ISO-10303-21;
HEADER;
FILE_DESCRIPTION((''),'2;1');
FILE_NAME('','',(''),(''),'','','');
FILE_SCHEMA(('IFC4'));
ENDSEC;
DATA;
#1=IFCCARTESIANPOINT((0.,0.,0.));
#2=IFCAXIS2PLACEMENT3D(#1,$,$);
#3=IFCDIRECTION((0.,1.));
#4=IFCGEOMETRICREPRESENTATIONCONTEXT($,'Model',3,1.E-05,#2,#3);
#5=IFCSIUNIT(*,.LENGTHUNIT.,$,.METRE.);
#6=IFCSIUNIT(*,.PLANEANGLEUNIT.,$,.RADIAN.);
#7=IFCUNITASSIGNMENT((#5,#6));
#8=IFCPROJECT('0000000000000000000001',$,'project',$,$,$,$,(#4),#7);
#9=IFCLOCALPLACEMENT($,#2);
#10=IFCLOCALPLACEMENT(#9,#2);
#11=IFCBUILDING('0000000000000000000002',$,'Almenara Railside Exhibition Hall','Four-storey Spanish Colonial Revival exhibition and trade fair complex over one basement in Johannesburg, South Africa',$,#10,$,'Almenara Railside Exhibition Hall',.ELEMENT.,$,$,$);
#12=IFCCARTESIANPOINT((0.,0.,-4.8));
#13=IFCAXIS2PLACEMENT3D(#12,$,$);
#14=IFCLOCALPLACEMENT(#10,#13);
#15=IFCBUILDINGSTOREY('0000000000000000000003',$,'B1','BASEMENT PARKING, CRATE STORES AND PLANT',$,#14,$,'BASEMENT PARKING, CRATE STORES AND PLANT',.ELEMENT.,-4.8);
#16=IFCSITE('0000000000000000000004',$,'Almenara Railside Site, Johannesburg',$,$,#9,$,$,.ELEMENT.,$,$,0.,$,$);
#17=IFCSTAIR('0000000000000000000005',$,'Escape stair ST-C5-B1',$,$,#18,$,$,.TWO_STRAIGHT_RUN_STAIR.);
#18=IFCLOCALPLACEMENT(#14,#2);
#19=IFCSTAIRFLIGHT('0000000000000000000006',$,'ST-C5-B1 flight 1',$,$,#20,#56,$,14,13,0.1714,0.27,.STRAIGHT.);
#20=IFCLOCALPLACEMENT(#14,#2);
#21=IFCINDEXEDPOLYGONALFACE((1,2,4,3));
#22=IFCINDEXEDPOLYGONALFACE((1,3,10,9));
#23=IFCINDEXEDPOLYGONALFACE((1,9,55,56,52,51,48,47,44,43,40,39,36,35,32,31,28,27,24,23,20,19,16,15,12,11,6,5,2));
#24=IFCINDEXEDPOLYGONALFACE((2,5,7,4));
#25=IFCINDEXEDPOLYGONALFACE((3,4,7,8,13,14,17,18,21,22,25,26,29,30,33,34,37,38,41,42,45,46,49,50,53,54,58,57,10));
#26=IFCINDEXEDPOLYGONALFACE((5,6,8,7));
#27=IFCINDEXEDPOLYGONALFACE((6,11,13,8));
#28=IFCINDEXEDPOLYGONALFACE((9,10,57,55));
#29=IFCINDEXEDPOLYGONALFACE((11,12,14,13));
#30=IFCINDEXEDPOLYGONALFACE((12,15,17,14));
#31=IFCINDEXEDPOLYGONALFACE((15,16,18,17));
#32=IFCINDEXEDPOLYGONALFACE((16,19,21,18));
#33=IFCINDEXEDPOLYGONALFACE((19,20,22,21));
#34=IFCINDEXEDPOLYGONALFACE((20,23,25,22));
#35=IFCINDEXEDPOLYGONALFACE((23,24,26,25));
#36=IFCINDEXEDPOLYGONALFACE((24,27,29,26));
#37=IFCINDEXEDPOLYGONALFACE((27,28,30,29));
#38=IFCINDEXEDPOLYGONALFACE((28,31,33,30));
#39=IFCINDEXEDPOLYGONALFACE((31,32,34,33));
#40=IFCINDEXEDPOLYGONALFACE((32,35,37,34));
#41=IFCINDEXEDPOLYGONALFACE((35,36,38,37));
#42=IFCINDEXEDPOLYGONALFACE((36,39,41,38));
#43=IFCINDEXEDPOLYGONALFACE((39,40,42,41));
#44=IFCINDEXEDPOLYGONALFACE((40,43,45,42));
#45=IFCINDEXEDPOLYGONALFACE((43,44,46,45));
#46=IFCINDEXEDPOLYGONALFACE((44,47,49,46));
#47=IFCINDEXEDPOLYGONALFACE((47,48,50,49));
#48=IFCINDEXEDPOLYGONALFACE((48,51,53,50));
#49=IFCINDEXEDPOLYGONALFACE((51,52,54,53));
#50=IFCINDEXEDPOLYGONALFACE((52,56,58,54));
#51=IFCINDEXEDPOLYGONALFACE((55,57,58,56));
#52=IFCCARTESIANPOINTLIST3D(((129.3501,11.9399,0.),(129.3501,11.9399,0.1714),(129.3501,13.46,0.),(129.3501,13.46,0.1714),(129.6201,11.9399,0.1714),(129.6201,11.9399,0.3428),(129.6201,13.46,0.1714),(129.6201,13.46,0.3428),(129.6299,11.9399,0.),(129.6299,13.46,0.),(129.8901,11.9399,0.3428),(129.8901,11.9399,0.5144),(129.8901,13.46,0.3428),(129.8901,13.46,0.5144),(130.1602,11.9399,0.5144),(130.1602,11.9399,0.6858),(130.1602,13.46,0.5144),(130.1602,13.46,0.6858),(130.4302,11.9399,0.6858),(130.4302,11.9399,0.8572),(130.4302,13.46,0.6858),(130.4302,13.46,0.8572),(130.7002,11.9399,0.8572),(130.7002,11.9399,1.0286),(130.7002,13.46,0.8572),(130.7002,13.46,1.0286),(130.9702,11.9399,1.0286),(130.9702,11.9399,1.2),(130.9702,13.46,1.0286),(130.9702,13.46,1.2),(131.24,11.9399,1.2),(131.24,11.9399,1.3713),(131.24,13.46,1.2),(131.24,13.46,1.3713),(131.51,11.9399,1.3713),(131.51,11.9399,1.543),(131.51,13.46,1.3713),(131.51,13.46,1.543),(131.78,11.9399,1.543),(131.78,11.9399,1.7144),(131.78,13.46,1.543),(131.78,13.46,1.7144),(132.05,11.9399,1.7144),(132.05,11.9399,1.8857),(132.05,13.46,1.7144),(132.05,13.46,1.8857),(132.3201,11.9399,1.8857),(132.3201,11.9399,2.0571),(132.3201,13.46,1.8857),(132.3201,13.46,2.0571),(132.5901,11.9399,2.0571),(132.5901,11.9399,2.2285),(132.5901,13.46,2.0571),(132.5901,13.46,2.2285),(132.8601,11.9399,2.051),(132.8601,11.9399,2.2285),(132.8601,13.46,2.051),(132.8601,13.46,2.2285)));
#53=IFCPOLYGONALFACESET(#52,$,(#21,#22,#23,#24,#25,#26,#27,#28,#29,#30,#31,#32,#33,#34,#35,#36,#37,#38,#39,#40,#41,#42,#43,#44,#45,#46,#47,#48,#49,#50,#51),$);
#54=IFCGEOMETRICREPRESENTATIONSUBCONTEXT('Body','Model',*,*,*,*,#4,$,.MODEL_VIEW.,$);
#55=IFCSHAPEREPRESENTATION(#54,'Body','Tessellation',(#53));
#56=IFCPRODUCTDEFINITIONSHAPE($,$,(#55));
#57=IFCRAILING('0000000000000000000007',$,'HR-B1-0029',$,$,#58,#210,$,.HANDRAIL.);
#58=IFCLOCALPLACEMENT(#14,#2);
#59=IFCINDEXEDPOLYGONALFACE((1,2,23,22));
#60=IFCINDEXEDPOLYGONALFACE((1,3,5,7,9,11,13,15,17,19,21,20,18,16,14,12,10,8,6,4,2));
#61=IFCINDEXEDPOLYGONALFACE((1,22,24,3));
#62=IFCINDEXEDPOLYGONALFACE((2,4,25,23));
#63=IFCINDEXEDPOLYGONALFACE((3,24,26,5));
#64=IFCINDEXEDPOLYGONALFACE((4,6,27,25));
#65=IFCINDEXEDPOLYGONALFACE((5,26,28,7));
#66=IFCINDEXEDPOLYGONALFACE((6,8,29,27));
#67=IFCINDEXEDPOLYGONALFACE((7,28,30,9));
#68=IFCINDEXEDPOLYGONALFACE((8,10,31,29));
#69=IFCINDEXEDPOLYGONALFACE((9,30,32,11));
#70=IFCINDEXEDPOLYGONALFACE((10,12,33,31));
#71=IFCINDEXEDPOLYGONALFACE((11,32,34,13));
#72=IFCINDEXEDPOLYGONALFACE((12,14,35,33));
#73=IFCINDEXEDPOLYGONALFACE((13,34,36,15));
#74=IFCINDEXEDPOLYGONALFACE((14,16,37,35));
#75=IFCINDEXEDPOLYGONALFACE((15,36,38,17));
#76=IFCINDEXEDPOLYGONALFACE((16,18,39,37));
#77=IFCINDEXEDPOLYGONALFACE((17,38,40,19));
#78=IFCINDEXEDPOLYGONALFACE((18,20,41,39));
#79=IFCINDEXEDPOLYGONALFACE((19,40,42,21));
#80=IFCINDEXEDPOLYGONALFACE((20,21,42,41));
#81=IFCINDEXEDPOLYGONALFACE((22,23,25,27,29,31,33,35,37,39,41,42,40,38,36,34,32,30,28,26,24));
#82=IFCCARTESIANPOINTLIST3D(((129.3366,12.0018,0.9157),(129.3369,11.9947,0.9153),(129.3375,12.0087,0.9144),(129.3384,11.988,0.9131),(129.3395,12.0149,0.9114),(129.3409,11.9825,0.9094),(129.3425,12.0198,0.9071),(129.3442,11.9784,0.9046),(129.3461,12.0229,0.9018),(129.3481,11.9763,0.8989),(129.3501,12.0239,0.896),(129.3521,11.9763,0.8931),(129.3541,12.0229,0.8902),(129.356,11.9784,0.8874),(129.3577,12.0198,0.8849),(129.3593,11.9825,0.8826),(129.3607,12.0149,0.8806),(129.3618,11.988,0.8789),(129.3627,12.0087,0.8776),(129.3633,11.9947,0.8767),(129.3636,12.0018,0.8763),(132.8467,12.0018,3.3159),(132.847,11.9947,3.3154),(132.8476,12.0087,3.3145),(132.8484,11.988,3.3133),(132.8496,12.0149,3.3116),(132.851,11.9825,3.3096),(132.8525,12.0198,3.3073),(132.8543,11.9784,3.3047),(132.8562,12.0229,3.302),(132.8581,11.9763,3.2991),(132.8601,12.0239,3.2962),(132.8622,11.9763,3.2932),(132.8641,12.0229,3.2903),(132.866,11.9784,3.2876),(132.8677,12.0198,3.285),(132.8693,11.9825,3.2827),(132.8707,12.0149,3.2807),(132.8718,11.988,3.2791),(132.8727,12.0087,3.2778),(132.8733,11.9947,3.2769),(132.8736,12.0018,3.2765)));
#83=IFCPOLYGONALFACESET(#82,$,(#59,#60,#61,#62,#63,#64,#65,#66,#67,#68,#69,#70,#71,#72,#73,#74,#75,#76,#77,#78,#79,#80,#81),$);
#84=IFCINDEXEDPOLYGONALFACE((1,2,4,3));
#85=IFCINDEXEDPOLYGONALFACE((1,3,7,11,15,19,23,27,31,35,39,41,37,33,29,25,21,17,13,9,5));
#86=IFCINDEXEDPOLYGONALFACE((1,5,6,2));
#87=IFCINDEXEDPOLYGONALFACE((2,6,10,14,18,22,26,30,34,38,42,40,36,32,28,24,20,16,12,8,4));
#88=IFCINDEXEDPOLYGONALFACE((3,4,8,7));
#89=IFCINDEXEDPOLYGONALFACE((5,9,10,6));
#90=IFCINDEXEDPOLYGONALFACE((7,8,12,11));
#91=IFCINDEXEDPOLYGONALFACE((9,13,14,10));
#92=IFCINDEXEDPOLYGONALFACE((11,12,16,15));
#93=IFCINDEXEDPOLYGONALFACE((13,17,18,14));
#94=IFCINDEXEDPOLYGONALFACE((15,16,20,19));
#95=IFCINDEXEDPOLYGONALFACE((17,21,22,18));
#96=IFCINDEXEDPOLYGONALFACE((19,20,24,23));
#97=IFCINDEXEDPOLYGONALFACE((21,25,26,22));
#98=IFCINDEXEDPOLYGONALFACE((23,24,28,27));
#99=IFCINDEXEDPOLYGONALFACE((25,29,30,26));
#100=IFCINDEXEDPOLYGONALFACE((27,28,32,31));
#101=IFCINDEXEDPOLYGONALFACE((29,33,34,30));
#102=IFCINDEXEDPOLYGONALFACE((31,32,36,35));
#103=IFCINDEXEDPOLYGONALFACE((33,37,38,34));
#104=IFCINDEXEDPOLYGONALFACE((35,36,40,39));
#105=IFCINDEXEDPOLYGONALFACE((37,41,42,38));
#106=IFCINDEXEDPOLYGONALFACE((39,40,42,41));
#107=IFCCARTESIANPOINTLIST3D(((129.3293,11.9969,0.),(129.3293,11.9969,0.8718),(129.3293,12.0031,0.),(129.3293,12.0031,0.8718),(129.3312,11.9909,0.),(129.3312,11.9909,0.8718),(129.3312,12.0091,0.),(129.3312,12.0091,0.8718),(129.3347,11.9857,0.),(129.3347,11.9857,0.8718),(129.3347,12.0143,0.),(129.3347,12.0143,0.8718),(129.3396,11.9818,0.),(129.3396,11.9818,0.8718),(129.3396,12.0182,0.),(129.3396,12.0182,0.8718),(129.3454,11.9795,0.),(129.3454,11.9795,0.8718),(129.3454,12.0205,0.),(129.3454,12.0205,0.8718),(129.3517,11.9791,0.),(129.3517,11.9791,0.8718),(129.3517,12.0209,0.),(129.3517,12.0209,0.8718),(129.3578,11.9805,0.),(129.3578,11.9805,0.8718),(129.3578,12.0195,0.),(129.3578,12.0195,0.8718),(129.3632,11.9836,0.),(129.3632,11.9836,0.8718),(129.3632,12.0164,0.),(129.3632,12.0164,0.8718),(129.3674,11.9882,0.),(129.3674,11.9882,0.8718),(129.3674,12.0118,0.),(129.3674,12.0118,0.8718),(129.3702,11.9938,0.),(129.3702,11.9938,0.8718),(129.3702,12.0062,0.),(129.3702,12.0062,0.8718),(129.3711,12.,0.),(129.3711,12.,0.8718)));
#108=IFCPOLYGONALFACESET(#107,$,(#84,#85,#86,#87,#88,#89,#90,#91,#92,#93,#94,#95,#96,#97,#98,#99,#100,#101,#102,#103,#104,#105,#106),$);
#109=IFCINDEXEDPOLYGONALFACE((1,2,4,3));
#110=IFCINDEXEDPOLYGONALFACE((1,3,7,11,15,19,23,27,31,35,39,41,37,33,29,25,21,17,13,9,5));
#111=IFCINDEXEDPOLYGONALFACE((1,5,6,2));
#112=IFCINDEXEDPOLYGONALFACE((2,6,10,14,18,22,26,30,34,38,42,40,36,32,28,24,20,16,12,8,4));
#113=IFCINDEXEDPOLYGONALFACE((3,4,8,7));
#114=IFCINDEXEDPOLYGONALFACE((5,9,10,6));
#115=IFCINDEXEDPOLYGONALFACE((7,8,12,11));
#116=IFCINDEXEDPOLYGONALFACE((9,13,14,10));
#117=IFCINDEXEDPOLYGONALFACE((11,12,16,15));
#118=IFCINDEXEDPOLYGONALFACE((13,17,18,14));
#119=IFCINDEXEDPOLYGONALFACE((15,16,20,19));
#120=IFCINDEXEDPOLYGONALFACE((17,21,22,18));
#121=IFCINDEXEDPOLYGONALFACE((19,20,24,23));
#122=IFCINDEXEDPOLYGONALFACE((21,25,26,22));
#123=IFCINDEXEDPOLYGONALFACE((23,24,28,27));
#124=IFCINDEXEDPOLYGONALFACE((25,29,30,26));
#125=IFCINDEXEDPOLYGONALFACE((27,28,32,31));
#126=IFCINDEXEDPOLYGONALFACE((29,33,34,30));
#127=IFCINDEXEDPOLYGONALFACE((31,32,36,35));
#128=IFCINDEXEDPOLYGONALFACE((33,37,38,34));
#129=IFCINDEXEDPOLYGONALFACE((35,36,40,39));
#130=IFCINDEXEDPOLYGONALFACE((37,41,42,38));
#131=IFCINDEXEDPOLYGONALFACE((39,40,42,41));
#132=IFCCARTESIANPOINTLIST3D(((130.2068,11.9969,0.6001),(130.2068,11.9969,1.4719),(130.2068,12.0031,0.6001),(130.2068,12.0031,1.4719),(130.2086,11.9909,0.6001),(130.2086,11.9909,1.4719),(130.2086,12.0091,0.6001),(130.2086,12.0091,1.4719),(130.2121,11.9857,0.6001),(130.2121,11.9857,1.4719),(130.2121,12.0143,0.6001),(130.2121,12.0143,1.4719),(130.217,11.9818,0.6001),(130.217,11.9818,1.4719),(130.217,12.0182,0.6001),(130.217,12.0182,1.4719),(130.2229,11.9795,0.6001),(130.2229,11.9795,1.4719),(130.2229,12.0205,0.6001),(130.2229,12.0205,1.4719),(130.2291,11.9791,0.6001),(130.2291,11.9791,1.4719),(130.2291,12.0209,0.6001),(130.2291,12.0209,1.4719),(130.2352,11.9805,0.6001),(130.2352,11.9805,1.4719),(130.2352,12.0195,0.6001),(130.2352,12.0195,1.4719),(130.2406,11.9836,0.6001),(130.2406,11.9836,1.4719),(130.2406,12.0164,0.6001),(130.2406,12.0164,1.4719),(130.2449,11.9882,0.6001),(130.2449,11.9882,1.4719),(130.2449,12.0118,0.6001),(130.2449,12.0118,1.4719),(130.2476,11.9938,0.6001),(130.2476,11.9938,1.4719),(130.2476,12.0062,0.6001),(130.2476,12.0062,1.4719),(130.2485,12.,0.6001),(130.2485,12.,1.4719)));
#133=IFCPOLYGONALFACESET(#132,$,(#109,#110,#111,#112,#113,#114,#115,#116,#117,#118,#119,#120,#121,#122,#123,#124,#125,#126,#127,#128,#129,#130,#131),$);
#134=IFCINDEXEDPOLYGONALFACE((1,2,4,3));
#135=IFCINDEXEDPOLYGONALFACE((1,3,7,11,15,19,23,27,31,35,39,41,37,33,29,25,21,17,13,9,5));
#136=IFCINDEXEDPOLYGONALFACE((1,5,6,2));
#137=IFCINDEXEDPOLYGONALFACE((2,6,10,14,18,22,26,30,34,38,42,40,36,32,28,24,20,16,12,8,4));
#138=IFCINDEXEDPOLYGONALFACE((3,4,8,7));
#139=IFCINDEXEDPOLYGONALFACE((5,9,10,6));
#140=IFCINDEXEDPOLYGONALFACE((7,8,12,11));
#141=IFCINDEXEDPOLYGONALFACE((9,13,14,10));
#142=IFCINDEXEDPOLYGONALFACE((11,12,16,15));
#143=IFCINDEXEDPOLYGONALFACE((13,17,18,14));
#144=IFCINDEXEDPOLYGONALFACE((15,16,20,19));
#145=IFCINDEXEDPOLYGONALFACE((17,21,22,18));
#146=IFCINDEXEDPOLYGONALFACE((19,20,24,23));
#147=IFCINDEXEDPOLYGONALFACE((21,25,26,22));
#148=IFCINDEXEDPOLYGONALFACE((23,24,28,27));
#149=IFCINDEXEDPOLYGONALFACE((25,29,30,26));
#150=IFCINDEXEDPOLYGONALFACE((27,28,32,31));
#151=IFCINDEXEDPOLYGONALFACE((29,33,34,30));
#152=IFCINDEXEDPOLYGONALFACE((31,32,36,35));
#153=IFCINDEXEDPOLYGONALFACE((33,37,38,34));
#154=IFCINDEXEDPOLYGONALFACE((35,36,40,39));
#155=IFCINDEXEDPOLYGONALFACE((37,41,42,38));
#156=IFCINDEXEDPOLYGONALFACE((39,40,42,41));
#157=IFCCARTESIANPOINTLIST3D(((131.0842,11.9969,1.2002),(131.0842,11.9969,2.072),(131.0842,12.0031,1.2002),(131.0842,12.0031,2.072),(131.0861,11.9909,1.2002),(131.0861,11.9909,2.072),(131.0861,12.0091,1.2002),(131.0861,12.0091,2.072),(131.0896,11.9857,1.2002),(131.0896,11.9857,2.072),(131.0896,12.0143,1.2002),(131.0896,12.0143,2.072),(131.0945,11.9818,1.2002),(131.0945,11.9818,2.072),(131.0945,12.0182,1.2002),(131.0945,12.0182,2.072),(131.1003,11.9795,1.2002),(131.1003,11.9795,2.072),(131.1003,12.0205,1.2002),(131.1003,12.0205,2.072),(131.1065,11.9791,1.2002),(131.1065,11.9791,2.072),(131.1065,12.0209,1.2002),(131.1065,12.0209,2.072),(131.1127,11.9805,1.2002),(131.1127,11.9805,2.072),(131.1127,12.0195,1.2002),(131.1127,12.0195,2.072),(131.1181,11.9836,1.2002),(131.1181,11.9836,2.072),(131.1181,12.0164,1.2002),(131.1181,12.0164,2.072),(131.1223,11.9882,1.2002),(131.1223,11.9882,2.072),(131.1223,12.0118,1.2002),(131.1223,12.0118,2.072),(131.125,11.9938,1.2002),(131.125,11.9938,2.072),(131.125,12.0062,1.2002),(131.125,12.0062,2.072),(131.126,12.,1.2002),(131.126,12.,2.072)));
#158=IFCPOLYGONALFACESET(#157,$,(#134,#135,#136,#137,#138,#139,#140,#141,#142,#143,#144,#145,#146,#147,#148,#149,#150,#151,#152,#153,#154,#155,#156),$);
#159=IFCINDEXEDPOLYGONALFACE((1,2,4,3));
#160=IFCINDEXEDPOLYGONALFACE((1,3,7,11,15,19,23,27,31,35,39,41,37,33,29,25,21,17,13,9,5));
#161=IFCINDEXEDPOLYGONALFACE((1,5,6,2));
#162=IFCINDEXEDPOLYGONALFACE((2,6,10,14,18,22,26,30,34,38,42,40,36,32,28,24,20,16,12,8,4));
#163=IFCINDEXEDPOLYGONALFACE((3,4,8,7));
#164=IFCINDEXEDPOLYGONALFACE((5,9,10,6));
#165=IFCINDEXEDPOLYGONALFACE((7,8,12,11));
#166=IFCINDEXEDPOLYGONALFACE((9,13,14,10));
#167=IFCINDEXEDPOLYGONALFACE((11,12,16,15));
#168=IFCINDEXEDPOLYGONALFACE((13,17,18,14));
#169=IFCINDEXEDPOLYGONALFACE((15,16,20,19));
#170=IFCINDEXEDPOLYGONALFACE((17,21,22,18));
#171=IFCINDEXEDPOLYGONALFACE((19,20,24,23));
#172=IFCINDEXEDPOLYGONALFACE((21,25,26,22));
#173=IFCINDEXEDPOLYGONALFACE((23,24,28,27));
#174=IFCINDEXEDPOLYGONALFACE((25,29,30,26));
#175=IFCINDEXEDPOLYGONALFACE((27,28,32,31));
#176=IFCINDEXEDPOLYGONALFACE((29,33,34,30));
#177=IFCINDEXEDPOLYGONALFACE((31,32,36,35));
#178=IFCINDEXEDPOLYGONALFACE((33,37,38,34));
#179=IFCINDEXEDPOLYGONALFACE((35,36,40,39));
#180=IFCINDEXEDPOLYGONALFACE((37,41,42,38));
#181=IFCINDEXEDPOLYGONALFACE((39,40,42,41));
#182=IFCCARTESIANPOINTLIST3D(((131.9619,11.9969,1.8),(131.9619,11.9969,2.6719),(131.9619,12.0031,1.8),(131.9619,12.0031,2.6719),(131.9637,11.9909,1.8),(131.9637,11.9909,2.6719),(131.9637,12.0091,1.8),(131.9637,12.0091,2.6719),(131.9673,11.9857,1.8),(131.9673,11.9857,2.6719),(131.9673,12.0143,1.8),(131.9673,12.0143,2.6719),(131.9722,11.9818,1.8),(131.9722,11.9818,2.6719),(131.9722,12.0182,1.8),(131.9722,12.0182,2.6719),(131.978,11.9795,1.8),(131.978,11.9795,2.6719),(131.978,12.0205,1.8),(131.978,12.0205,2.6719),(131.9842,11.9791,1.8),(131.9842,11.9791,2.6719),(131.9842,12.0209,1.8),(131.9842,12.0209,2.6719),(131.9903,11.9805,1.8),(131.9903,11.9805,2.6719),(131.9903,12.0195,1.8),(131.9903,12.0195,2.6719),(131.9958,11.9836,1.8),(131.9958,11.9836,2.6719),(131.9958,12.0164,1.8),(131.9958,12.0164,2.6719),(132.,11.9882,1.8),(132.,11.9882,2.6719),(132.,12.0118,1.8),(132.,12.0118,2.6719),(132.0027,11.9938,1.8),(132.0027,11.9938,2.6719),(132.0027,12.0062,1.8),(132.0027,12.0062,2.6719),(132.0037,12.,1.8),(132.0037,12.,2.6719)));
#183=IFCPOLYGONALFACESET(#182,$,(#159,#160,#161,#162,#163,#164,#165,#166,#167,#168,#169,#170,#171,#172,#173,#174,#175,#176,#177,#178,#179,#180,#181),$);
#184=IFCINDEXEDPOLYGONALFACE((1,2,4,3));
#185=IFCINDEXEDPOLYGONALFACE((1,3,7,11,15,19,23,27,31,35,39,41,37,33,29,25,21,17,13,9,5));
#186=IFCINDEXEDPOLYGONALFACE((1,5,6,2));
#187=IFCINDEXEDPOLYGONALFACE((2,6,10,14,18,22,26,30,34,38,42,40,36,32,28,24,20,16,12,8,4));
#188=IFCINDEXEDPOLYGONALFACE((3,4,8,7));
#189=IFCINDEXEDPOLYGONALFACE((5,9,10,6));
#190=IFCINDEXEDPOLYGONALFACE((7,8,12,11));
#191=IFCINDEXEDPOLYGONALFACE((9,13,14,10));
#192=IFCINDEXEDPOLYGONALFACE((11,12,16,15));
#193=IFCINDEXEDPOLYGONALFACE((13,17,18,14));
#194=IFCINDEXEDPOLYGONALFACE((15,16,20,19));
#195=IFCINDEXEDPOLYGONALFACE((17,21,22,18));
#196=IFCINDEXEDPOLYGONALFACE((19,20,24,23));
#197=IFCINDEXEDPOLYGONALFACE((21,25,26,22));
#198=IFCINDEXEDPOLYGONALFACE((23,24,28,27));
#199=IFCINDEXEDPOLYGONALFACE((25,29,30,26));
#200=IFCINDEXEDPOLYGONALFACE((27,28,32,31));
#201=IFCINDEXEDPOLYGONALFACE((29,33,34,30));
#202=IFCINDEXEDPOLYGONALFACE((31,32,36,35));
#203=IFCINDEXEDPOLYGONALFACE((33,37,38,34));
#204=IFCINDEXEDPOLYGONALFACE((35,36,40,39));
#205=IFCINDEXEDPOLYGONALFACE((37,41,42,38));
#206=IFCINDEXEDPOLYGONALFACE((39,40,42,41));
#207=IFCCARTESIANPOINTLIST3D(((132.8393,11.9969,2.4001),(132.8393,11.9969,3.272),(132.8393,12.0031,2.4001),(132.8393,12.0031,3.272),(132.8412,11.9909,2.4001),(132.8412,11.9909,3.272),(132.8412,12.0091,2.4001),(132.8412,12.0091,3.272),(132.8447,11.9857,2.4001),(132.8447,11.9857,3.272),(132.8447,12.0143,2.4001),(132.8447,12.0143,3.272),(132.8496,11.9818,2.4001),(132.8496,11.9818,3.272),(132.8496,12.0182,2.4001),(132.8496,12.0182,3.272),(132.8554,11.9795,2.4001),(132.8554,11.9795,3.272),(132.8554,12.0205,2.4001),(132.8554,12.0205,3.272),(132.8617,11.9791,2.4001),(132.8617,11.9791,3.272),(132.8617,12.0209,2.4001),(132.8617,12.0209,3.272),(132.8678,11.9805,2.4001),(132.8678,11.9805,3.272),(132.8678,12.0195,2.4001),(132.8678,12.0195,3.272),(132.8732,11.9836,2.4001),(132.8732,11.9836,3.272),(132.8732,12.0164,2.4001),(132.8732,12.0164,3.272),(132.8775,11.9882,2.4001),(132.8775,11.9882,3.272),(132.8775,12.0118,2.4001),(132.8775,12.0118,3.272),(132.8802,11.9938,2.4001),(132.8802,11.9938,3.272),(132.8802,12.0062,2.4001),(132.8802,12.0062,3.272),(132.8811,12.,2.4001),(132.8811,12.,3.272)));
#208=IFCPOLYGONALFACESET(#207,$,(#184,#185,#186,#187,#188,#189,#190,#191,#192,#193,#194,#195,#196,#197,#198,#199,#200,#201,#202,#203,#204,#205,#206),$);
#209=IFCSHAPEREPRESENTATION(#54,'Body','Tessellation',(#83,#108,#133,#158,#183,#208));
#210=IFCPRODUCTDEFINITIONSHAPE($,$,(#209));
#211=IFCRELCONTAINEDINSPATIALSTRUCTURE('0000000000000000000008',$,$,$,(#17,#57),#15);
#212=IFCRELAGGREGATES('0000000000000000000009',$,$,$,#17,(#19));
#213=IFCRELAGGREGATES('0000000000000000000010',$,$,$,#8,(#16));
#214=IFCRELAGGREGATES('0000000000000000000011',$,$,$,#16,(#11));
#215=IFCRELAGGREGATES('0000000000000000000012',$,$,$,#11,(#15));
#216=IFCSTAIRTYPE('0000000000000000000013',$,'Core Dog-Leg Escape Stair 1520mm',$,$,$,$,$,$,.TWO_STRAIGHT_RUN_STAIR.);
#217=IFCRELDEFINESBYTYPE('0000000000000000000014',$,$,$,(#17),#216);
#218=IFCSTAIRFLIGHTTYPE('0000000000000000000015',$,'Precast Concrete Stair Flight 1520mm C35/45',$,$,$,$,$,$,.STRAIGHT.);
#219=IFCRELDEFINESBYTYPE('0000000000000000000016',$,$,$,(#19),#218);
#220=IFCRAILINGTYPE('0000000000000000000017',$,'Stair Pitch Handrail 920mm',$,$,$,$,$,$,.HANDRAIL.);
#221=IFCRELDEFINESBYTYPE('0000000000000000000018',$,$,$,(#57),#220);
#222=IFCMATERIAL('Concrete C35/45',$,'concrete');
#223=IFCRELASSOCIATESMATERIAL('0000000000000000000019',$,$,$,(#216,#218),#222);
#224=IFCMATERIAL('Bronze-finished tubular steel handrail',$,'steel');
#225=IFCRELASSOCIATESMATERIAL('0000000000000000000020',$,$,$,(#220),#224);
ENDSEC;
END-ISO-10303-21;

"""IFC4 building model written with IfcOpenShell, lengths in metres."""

from ifc_helpers import new_model, si_unit, direction, frame, origin, origin_2d, place, context, subcontext, project, spatial, polyline, circle, outline, extrude, material, type_object, element, aggregate, save


model = new_model("IFC4")

# Units and contexts
model_context = context("Model", 3, precision=1e-05, world=origin(), true_north=direction((0.0, 1.0)))
body_context = subcontext(model_context, "Body", "Model", "MODEL_VIEW")
ifc_project = project(units=[si_unit("LENGTHUNIT", "METRE"), si_unit("PLANEANGLEUNIT", "RADIAN")], contexts=[model_context])

# Site, building, storey
site_placement = place(None, origin())
site = spatial("IfcSite", under=ifc_project, at=site_placement, Name="Almenara Railside Site, Johannesburg", CompositionType="ELEMENT", RefElevation=0.0)
building_placement = place(site_placement, origin())
building = spatial("IfcBuilding", under=site, at=building_placement, Name="Almenara Railside Exhibition Hall", Description="Four-storey Spanish Colonial Revival exhibition and trade fair complex over one basement in Johannesburg, South Africa", LongName="Almenara Railside Exhibition Hall", CompositionType="ELEMENT")
storey_placement = place(building_placement, frame((0.0, 0.0, -4.8)))
storey = spatial("IfcBuildingStorey", under=building, at=storey_placement, Name="B1", Description="BASEMENT PARKING, CRATE STORES AND PLANT", LongName="BASEMENT PARKING, CRATE STORES AND PLANT", CompositionType="ELEMENT", Elevation=-4.8)

# Shared definitions
ifc_material_1 = material(Name="Concrete C35/45", Category="concrete")

# Stair, stair flight
stair_type = type_object("IfcStairType", Name="Core Dog-Leg Escape Stair 1520mm", PredefinedType="TWO_STRAIGHT_RUN_STAIR", material=ifc_material_1)
stair_placement = place(storey_placement, origin())
stair = element("IfcStair", 1, at=stair_placement, inside=storey, type_object=stair_type, Name="Escape stair ST-C5-B1", PredefinedType="TWO_STRAIGHT_RUN_STAIR")
stair_flight_type = type_object("IfcStairFlightType", Name="Precast Concrete Stair Flight 1520mm C35/45", PredefinedType="STRAIGHT", material=ifc_material_1)
stair_flight_placement = place(storey_placement, frame((129.3501, 12.7, 0.0), z_axis=(0.0, 0.0, 1.0), x_axis=(1.0, 0.0, 0.0)))
stair_flight = element("IfcStairFlight", 2, at=stair_flight_placement, type_object=stair_flight_type, Name="ST-C5-B1 flight 1", NumberOfRisers=14, NumberOfTreads=13, PredefinedType="STRAIGHT", RiserHeight=0.1714, TreadLength=0.27, context=body_context, shape_type="SweptSolid", body=[
    extrude(outline(polyline([(0.0, 0.0), (0.0, 0.1714), (0.27, 0.1714), (0.27, 0.3428), (0.54, 0.3428), (0.54, 0.5144), (0.8101, 0.5144), (0.8101, 0.6858), (1.0801, 0.6858), (1.0801, 0.8572), (1.3501, 0.8572), (1.3501, 1.0286), (1.6201, 1.0286), (1.6201, 1.2), (1.8899, 1.2), (1.8899, 1.3713), (2.1599, 1.3713), (2.1599, 1.543), (2.4299, 1.543), (2.4299, 1.7144), (2.7, 1.7144), (2.7, 1.8857), (2.97, 1.8857), (2.97, 2.0571), (3.24, 2.0571), (3.24, 2.2285), (3.51, 2.2285), (3.51, 2.3999), (3.51, 2.051), (0.2798, 0.0), (0.0, 0.0)])), frame((0.0, 0.76, 0.0), z_axis=(0.0, -1.0, 0.0), x_axis=(1.0, 0.0, 0.0)), (0.0, 0.0, 1.0), 1.52),
])
aggregate(stair, [stair_flight])

# Railing
ifc_material_2 = material(Name="Bronze-finished tubular steel handrail", Category="steel")
railing_type_1 = type_object("IfcRailingType", Name="Stair Pitch Handrail 920mm", PredefinedType="HANDRAIL", material=ifc_material_2)
railing_1_placement = place(storey_placement, frame((129.3501, 12.0, 0.0)))
element("IfcRailing", 3, at=railing_1_placement, inside=storey, type_object=railing_type_1, Name="HR-B1-0029", PredefinedType="HANDRAIL", context=body_context, shape_type="SweptSolid", body=[
    extrude(circle(Radius=0.0239, at=origin_2d()), frame((0.0, 0.0, 0.896), z_axis=(0.825465, 0.0, 0.564453), x_axis=(0.0, 1.0, 0.0)), (0.0, 0.0, 1.0), 4.2522),
    extrude(circle(Radius=0.021, at=origin_2d()), origin(), (0.0, 0.0, 1.0), 0.8718),
    extrude(circle(Radius=0.021, at=origin_2d()), frame((0.8774, 0.0, 0.6001)), (0.0, 0.0, 1.0), 0.8718),
    extrude(circle(Radius=0.021, at=origin_2d()), frame((1.7549, 0.0, 1.2002)), (0.0, 0.0, 1.0), 0.8718),
    extrude(circle(Radius=0.021, at=origin_2d()), frame((2.6326, 0.0, 1.8)), (0.0, 0.0, 1.0), 0.8718),
    extrude(circle(Radius=0.021, at=origin_2d()), frame((3.51, 0.0, 2.4001)), (0.0, 0.0, 1.0), 0.8718),
])

save(model, "model.ifc")
